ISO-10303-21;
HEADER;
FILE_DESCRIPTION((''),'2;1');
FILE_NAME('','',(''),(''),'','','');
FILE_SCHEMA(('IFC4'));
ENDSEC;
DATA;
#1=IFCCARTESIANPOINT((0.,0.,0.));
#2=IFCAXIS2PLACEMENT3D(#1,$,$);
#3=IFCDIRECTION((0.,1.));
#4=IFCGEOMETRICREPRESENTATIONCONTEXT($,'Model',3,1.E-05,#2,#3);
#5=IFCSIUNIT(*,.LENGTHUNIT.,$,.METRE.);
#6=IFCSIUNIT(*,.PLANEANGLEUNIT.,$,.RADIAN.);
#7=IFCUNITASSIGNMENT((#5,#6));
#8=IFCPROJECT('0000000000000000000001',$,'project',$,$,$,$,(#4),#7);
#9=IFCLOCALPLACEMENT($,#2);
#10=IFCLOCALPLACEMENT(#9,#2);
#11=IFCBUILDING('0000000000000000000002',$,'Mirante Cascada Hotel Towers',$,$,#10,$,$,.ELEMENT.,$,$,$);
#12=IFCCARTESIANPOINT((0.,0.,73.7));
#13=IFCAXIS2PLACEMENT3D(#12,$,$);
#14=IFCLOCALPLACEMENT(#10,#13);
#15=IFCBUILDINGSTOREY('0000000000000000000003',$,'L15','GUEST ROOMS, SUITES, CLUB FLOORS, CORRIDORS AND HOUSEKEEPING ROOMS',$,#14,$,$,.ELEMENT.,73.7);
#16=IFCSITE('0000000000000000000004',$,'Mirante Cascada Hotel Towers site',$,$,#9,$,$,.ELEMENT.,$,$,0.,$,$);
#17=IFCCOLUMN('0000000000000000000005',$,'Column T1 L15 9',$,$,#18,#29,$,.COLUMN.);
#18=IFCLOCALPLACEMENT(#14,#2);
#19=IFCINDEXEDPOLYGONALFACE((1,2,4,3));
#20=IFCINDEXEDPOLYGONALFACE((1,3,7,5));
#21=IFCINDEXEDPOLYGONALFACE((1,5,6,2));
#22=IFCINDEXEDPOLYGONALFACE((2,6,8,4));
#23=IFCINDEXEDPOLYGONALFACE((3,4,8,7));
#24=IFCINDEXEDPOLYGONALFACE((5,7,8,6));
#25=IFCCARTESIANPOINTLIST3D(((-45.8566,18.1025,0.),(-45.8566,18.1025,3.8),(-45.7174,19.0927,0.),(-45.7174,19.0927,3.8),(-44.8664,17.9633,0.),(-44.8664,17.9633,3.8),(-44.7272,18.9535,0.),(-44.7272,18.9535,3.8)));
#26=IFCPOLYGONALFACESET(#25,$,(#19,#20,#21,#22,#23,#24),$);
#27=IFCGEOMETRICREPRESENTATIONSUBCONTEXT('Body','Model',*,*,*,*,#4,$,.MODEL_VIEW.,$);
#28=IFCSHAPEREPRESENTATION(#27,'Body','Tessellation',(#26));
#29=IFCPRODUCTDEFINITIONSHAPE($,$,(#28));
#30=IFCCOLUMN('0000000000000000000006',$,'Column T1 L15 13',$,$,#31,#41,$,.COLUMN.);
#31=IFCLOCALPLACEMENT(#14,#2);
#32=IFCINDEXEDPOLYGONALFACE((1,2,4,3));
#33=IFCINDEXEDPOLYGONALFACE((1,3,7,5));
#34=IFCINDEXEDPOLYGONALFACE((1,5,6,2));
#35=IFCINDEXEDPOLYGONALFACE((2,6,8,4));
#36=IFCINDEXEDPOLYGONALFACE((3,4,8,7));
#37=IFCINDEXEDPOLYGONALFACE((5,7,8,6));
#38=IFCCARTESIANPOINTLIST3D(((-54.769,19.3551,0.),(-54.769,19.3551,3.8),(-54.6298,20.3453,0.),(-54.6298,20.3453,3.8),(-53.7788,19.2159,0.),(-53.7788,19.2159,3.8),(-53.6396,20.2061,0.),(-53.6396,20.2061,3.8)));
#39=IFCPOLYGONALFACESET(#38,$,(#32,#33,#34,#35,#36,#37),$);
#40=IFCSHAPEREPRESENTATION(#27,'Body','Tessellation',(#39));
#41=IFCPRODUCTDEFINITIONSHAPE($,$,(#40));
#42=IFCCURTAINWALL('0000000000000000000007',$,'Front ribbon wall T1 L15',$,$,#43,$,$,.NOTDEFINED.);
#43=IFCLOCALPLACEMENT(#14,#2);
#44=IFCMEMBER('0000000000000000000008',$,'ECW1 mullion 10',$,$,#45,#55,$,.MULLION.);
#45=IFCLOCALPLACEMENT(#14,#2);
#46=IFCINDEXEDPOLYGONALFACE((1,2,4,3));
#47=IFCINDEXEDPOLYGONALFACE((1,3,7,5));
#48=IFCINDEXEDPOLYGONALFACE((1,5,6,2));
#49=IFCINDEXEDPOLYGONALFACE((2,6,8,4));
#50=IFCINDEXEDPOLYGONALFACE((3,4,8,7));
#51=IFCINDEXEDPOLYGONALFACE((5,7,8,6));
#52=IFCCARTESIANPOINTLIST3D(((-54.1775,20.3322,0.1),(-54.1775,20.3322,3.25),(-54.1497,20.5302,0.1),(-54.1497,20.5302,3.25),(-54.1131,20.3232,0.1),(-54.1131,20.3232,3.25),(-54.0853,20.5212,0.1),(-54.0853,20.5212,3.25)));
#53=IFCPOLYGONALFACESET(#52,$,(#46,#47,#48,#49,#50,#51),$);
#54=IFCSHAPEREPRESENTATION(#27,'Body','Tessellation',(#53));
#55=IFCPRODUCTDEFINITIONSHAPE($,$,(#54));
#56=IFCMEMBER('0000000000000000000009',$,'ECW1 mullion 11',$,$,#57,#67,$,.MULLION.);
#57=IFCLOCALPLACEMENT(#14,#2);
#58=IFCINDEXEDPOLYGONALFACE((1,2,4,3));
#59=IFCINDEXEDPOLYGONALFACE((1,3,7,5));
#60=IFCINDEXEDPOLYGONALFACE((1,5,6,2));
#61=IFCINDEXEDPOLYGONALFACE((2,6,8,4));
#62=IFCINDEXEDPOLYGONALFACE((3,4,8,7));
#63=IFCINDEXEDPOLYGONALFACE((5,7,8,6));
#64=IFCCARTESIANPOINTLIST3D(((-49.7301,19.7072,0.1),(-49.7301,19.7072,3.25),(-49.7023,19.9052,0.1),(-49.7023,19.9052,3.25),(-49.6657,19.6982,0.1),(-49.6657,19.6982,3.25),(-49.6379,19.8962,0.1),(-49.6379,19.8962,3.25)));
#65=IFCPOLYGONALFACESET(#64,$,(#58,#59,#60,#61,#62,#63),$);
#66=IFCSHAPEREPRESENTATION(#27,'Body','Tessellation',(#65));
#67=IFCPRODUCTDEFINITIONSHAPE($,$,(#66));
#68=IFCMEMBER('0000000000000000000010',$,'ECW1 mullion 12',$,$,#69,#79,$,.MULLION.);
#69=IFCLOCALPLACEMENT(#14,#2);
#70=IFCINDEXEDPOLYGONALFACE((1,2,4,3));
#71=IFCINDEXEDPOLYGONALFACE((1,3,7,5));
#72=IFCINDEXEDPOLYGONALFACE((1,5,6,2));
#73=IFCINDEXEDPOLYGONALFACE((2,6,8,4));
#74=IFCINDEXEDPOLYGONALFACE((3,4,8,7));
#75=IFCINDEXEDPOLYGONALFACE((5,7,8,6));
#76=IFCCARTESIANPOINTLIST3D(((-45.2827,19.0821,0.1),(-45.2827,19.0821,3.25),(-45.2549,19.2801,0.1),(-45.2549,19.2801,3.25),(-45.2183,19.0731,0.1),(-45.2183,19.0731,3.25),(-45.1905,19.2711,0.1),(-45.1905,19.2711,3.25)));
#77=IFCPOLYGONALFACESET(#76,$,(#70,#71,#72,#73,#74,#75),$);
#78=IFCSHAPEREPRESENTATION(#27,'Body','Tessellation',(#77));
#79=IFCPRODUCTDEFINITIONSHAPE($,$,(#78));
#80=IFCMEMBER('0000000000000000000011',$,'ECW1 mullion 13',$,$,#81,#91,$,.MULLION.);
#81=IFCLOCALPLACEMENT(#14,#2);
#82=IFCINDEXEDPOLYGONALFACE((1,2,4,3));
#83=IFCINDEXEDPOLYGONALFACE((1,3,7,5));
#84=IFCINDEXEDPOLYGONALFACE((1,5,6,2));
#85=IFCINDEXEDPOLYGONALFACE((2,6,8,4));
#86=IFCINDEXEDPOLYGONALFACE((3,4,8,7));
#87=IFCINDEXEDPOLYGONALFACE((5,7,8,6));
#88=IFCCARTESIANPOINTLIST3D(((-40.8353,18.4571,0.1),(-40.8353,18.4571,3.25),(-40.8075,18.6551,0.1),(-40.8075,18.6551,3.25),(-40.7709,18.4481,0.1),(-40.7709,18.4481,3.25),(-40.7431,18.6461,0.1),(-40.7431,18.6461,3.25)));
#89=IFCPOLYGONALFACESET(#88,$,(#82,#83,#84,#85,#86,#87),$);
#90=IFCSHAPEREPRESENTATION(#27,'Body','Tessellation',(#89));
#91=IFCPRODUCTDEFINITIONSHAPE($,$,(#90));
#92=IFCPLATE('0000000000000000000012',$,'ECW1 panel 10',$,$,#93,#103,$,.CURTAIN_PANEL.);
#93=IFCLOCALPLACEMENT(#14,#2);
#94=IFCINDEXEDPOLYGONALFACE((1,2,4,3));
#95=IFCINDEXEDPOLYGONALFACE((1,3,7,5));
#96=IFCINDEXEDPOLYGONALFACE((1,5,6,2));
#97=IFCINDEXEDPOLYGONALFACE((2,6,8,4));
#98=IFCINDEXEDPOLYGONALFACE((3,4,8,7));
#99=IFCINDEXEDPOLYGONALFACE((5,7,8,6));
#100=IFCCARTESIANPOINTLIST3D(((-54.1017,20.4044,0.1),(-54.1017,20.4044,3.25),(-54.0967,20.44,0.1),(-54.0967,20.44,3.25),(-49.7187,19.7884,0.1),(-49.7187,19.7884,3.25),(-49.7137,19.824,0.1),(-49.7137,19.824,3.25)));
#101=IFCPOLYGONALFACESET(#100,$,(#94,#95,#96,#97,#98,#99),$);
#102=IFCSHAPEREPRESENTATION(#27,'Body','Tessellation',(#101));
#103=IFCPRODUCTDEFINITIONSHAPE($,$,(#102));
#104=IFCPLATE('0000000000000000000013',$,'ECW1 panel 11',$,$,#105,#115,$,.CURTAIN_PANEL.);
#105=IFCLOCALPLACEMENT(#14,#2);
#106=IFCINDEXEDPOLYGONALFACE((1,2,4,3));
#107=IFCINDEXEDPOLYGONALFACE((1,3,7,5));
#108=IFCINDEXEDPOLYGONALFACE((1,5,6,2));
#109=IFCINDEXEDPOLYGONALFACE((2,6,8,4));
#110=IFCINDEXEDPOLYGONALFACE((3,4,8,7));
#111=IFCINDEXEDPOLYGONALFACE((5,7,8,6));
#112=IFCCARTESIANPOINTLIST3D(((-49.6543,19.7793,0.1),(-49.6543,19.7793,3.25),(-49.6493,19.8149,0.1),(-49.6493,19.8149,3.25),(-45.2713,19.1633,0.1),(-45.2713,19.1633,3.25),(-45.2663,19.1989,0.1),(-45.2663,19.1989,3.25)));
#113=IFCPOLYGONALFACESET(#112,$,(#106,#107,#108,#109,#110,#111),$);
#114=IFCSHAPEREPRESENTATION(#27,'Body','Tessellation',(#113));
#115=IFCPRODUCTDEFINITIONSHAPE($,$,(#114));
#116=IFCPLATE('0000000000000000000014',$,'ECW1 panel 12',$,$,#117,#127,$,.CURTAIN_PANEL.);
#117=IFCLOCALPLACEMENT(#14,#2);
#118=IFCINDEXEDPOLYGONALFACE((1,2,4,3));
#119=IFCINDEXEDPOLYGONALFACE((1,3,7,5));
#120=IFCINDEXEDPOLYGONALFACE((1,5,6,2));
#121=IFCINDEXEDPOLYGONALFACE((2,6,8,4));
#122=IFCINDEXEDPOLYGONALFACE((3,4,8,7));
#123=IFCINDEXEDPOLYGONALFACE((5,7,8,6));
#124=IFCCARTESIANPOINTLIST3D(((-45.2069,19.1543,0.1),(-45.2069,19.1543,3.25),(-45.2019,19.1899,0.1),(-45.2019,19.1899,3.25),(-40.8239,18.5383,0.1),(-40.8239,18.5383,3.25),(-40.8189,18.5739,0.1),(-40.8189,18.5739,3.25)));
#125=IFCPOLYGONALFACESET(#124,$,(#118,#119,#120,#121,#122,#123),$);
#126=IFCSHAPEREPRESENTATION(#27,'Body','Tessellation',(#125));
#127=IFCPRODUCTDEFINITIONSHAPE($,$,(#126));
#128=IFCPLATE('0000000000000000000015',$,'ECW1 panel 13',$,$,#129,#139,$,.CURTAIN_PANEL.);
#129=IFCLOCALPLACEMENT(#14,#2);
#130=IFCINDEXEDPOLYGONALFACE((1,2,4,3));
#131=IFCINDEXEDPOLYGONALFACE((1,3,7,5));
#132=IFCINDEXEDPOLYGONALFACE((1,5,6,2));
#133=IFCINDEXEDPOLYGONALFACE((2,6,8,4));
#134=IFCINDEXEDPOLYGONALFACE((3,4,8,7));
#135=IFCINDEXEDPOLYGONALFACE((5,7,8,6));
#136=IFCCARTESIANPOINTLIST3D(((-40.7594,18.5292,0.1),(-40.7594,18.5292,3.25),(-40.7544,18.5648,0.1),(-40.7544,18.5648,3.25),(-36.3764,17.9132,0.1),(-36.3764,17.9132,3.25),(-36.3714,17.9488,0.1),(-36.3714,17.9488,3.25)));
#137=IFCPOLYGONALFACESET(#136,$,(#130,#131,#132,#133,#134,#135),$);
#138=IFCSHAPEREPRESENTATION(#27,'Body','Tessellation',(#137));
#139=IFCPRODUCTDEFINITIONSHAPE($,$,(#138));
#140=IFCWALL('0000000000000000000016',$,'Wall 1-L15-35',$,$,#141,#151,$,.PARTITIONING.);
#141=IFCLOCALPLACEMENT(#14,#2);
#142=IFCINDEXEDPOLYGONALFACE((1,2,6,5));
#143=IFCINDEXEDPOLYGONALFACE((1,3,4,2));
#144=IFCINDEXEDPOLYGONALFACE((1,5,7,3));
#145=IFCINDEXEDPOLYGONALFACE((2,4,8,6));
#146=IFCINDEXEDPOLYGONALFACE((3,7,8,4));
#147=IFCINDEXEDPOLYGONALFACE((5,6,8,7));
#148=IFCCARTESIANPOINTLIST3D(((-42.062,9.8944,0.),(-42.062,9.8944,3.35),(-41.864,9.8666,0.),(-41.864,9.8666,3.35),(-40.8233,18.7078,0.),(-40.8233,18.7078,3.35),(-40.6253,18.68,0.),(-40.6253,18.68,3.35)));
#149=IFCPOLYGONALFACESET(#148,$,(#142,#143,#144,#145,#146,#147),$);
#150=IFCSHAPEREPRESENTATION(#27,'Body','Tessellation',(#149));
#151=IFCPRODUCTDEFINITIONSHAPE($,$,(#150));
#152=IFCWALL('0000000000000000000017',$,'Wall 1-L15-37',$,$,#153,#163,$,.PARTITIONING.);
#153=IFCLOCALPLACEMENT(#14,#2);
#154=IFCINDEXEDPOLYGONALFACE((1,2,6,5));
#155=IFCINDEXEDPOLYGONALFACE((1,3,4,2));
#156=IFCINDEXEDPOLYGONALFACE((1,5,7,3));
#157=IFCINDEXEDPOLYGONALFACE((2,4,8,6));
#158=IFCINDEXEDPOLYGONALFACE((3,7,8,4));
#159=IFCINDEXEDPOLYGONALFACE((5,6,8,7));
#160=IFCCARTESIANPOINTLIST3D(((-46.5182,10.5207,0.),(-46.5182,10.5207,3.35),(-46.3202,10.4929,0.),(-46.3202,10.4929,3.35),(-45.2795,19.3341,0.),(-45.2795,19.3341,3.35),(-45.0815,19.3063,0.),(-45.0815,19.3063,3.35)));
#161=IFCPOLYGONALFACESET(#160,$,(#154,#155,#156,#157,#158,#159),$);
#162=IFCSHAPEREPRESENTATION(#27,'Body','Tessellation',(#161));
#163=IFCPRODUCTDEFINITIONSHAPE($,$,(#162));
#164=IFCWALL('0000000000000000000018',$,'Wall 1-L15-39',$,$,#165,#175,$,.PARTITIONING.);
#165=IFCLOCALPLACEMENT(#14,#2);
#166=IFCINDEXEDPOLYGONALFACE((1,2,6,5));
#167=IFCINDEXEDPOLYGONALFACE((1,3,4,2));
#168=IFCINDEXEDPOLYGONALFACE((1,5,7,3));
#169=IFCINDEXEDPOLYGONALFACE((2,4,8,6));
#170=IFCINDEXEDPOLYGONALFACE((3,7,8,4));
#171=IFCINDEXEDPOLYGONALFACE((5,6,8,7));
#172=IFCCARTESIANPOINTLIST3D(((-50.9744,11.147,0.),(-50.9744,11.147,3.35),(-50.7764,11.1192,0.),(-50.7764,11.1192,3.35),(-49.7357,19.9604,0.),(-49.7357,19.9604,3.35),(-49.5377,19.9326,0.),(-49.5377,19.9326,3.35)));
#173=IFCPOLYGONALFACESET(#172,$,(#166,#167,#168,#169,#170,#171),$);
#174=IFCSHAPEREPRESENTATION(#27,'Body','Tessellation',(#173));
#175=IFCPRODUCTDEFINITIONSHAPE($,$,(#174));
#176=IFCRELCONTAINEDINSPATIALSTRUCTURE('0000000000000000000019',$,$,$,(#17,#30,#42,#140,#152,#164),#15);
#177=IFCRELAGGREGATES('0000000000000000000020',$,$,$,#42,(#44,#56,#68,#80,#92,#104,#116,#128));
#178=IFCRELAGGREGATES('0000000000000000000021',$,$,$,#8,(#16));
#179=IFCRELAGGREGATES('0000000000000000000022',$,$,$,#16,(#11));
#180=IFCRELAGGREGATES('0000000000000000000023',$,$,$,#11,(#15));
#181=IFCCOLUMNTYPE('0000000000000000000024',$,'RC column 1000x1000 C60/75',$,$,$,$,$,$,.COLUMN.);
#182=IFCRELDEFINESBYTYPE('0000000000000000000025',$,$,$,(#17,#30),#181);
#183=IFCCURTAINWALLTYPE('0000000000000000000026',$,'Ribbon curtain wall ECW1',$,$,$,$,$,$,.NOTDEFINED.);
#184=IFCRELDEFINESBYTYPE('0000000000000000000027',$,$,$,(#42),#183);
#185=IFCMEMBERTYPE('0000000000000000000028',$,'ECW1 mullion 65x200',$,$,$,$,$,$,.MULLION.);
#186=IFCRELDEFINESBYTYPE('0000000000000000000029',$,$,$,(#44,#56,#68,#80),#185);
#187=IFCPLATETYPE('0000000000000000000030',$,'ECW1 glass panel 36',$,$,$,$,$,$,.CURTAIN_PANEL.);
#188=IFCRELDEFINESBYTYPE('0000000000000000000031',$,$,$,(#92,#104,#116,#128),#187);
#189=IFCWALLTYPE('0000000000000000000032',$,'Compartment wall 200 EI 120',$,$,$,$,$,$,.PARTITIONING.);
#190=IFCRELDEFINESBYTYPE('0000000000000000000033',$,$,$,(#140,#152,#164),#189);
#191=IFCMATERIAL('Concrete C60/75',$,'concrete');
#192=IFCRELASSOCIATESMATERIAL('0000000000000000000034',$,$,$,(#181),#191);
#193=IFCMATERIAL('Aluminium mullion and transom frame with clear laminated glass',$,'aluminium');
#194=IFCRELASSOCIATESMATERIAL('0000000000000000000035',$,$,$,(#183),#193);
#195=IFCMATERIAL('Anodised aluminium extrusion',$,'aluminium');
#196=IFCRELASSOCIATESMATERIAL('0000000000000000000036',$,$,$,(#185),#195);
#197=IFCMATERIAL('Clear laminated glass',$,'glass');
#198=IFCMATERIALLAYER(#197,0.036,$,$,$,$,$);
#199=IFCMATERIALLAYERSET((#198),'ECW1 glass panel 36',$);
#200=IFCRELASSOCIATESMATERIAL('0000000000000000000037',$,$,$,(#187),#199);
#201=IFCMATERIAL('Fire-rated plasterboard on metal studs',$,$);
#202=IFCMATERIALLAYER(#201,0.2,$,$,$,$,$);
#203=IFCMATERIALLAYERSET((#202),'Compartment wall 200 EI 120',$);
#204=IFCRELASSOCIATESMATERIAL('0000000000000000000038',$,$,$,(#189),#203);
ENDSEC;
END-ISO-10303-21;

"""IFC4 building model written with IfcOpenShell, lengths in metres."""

from ifc_helpers import new_model, si_unit, direction, frame, frame_2d, origin, origin_2d, place, context, subcontext, project, spatial, rectangle, extrude, material, layer, layer_set, material_profile, profile_set, type_object, element, aggregate, save


model = new_model("IFC4")

# Units and contexts
model_context = context("Model", 3, precision=1e-05, world=origin(), true_north=direction((0.0, 1.0)))
body_context = subcontext(model_context, "Body", "Model", "MODEL_VIEW")
ifc_project = project(units=[si_unit("LENGTHUNIT", "METRE"), si_unit("PLANEANGLEUNIT", "RADIAN")], contexts=[model_context])

# Site, building, storey
site_placement = place(None, origin())
site = spatial("IfcSite", under=ifc_project, at=site_placement, Name="Mirante Cascada Hotel Towers site", CompositionType="ELEMENT", RefElevation=0.0)
building_placement = place(site_placement, origin())
building = spatial("IfcBuilding", under=site, at=building_placement, Name="Mirante Cascada Hotel Towers", CompositionType="ELEMENT")
storey_placement = place(building_placement, frame((0.0, 0.0, 73.7)))
storey = spatial("IfcBuildingStorey", under=building, at=storey_placement, Name="L15", Description="GUEST ROOMS, SUITES, CLUB FLOORS, CORRIDORS AND HOUSEKEEPING ROOMS", CompositionType="ELEMENT", Elevation=73.7)

# Columns
ifc_material_1 = material(Name="Concrete C60/75", Category="concrete")
ifc_material_profile_1 = material_profile(ifc_material_1, rectangle(XDim=1.0, YDim=1.0, at=origin_2d()), Name="RC column 1000x1000 C60/75")
ifc_profile_set_1 = profile_set([ifc_material_profile_1], Name="Concrete C60/75")
column_type = type_object("IfcColumnType", Name="RC column 1000x1000 C60/75", PredefinedType="COLUMN", material=ifc_profile_set_1)
for number, where, z_axis, x_axis, name in (
    (1, (-45.2919, 18.528, 0.0), (0.0, 0.0, 1.0), (-0.990268, 0.139173, 0.0), "Column T1 L15 9"),
    (2, (-54.2043, 19.7806, 0.0), (0.0, 0.0, 1.0), (-0.990268, 0.139173, 0.0), "Column T1 L15 13"),
):
    element("IfcColumn", number, at=place(storey_placement, frame(where, z_axis=z_axis, x_axis=x_axis)), inside=storey, type_object=column_type, Name=name, PredefinedType="COLUMN", context=body_context, shape_type="SweptSolid", body=[
        extrude(rectangle(XDim=1.0, YDim=1.0, at=origin_2d()), origin(), (0.0, 0.0, 1.0), 3.8),
    ])

# Curtain wall, members, plates
ifc_material_2 = material(Name="Aluminium mullion and transom frame with clear laminated glass", Category="aluminium")
curtain_wall_type = type_object("IfcCurtainWallType", Name="Ribbon curtain wall ECW1", PredefinedType="NOTDEFINED", material=ifc_material_2)
curtain_wall_placement = place(storey_placement, origin())
curtain_wall = element("IfcCurtainWall", 3, at=curtain_wall_placement, inside=storey, type_object=curtain_wall_type, Name="Front ribbon wall T1 L15", PredefinedType="NOTDEFINED")
ifc_material_3 = material(Name="Anodised aluminium extrusion", Category="aluminium")
ifc_material_profile_2 = material_profile(ifc_material_3, rectangle(XDim=0.2, YDim=0.065, at=origin_2d()), Name="ECW1 MULLION 65x200")
ifc_profile_set_2 = profile_set([ifc_material_profile_2], Name="Anodised aluminium extrusion")
member_type = type_object("IfcMemberType", Name="ECW1 mullion 65x200", PredefinedType="MULLION", material=ifc_profile_set_2)
member_1_placement = place(storey_placement, frame((-54.1314, 20.4267, 0.1), z_axis=(0.0, 0.0, 1.0), x_axis=(0.139173, 0.990268, 0.0)))
member_1 = element("IfcMember", 4, at=member_1_placement, type_object=member_type, Name="ECW1 mullion 10", PredefinedType="MULLION", context=body_context, shape_type="SweptSolid", body=[
    extrude(rectangle(XDim=0.2, YDim=0.065, at=origin_2d()), origin(), (0.0, 0.0, 1.0), 3.15),
])
member_2_placement = place(storey_placement, frame((-49.684, 19.8017, 0.1), z_axis=(0.0, 0.0, 1.0), x_axis=(0.139173, 0.990268, 0.0)))
member_2 = element("IfcMember", 5, at=member_2_placement, type_object=member_type, Name="ECW1 mullion 11", PredefinedType="MULLION", context=body_context, shape_type="SweptSolid", body=[
    extrude(rectangle(XDim=0.2, YDim=0.065, at=origin_2d()), origin(), (0.0, 0.0, 1.0), 3.15),
])
member_3_placement = place(storey_placement, frame((-45.2366, 19.1766, 0.1), z_axis=(0.0, 0.0, 1.0), x_axis=(0.139173, 0.990268, 0.0)))
member_3 = element("IfcMember", 6, at=member_3_placement, type_object=member_type, Name="ECW1 mullion 12", PredefinedType="MULLION", context=body_context, shape_type="SweptSolid", body=[
    extrude(rectangle(XDim=0.2, YDim=0.065, at=origin_2d()), origin(), (0.0, 0.0, 1.0), 3.15),
])
member_4_placement = place(storey_placement, frame((-40.7892, 18.5516, 0.1), z_axis=(0.0, 0.0, 1.0), x_axis=(0.139173, 0.990268, 0.0)))
member_4 = element("IfcMember", 7, at=member_4_placement, type_object=member_type, Name="ECW1 mullion 13", PredefinedType="MULLION", context=body_context, shape_type="SweptSolid", body=[
    extrude(rectangle(XDim=0.2, YDim=0.065, at=origin_2d()), origin(), (0.0, 0.0, 1.0), 3.15),
])
ifc_material_4 = material(Name="Clear laminated glass", Category="glass")
ifc_layer_1 = layer(ifc_material_4, 0.036)
ifc_layer_set_1 = layer_set([ifc_layer_1], Name="ECW1 glass panel 36")
plate_type = type_object("IfcPlateType", Name="ECW1 glass panel 36", PredefinedType="CURTAIN_PANEL", material=ifc_layer_set_1)
plate_1_placement = place(storey_placement, frame((-51.9077, 20.1142, 0.1), z_axis=(0.0, 0.0, 1.0), x_axis=(0.990268, -0.139173, 0.0)))
plate_1 = element("IfcPlate", 8, at=plate_1_placement, type_object=plate_type, Name="ECW1 panel 10", PredefinedType="CURTAIN_PANEL", context=body_context, shape_type="SweptSolid", body=[
    extrude(rectangle(XDim=4.4261, YDim=0.036, at=origin_2d()), origin(), (0.0, 0.0, 1.0), 3.15),
])
plate_2_placement = place(storey_placement, frame((-47.4603, 19.4891, 0.1), z_axis=(0.0, 0.0, 1.0), x_axis=(0.990268, -0.139173, 0.0)))
plate_2 = element("IfcPlate", 9, at=plate_2_placement, type_object=plate_type, Name="ECW1 panel 11", PredefinedType="CURTAIN_PANEL", context=body_context, shape_type="SweptSolid", body=[
    extrude(rectangle(XDim=4.4261, YDim=0.036, at=origin_2d()), origin(), (0.0, 0.0, 1.0), 3.15),
])
plate_3_placement = place(storey_placement, frame((-43.0129, 18.8641, 0.1), z_axis=(0.0, 0.0, 1.0), x_axis=(0.990268, -0.139173, 0.0)))
plate_3 = element("IfcPlate", 10, at=plate_3_placement, type_object=plate_type, Name="ECW1 panel 12", PredefinedType="CURTAIN_PANEL", context=body_context, shape_type="SweptSolid", body=[
    extrude(rectangle(XDim=4.4261, YDim=0.036, at=origin_2d()), origin(), (0.0, 0.0, 1.0), 3.15),
])
plate_4_placement = place(storey_placement, frame((-38.5654, 18.239, 0.1), z_axis=(0.0, 0.0, 1.0), x_axis=(0.990268, -0.139173, 0.0)))
plate_4 = element("IfcPlate", 11, at=plate_4_placement, type_object=plate_type, Name="ECW1 panel 13", PredefinedType="CURTAIN_PANEL", context=body_context, shape_type="SweptSolid", body=[
    extrude(rectangle(XDim=4.4261, YDim=0.036, at=origin_2d()), origin(), (0.0, 0.0, 1.0), 3.15),
])
aggregate(curtain_wall, [member_1, member_2, member_3, member_4, plate_1, plate_2, plate_3, plate_4])

# Walls
ifc_material_5 = material(Name="Fire-rated plasterboard on metal studs")
ifc_layer_2 = layer(ifc_material_5, 0.2)
ifc_layer_set_2 = layer_set([ifc_layer_2], Name="Compartment wall 200 EI 120")
wall_type_1 = type_object("IfcWallType", Name="Compartment wall 200 EI 120", PredefinedType="PARTITIONING", material=ifc_layer_set_2)
for number, where, z_axis, x_axis, name in (
    (12, (-40.7243, 18.6939, 0.0), (0.0, 0.0, 1.0), (-0.139179, -0.990267, 0.0), "Wall 1-L15-35"),
    (13, (-45.1805, 19.3202, 0.0), (0.0, 0.0, 1.0), (-0.139179, -0.990267, 0.0), "Wall 1-L15-37"),
    (14, (-49.6367, 19.9465, 0.0), (0.0, 0.0, 1.0), (-0.139179, -0.990267, 0.0), "Wall 1-L15-39"),
):
    element("IfcWall", number, at=place(storey_placement, frame(where, z_axis=z_axis, x_axis=x_axis)), inside=storey, type_object=wall_type_1, Name=name, PredefinedType="PARTITIONING", context=body_context, shape_type="SweptSolid", body=[
        extrude(rectangle(XDim=8.9, YDim=0.2, at=frame_2d((4.45, 0.0))), origin(), (0.0, 0.0, 1.0), 3.35),
    ])

save(model, "model.ifc")
